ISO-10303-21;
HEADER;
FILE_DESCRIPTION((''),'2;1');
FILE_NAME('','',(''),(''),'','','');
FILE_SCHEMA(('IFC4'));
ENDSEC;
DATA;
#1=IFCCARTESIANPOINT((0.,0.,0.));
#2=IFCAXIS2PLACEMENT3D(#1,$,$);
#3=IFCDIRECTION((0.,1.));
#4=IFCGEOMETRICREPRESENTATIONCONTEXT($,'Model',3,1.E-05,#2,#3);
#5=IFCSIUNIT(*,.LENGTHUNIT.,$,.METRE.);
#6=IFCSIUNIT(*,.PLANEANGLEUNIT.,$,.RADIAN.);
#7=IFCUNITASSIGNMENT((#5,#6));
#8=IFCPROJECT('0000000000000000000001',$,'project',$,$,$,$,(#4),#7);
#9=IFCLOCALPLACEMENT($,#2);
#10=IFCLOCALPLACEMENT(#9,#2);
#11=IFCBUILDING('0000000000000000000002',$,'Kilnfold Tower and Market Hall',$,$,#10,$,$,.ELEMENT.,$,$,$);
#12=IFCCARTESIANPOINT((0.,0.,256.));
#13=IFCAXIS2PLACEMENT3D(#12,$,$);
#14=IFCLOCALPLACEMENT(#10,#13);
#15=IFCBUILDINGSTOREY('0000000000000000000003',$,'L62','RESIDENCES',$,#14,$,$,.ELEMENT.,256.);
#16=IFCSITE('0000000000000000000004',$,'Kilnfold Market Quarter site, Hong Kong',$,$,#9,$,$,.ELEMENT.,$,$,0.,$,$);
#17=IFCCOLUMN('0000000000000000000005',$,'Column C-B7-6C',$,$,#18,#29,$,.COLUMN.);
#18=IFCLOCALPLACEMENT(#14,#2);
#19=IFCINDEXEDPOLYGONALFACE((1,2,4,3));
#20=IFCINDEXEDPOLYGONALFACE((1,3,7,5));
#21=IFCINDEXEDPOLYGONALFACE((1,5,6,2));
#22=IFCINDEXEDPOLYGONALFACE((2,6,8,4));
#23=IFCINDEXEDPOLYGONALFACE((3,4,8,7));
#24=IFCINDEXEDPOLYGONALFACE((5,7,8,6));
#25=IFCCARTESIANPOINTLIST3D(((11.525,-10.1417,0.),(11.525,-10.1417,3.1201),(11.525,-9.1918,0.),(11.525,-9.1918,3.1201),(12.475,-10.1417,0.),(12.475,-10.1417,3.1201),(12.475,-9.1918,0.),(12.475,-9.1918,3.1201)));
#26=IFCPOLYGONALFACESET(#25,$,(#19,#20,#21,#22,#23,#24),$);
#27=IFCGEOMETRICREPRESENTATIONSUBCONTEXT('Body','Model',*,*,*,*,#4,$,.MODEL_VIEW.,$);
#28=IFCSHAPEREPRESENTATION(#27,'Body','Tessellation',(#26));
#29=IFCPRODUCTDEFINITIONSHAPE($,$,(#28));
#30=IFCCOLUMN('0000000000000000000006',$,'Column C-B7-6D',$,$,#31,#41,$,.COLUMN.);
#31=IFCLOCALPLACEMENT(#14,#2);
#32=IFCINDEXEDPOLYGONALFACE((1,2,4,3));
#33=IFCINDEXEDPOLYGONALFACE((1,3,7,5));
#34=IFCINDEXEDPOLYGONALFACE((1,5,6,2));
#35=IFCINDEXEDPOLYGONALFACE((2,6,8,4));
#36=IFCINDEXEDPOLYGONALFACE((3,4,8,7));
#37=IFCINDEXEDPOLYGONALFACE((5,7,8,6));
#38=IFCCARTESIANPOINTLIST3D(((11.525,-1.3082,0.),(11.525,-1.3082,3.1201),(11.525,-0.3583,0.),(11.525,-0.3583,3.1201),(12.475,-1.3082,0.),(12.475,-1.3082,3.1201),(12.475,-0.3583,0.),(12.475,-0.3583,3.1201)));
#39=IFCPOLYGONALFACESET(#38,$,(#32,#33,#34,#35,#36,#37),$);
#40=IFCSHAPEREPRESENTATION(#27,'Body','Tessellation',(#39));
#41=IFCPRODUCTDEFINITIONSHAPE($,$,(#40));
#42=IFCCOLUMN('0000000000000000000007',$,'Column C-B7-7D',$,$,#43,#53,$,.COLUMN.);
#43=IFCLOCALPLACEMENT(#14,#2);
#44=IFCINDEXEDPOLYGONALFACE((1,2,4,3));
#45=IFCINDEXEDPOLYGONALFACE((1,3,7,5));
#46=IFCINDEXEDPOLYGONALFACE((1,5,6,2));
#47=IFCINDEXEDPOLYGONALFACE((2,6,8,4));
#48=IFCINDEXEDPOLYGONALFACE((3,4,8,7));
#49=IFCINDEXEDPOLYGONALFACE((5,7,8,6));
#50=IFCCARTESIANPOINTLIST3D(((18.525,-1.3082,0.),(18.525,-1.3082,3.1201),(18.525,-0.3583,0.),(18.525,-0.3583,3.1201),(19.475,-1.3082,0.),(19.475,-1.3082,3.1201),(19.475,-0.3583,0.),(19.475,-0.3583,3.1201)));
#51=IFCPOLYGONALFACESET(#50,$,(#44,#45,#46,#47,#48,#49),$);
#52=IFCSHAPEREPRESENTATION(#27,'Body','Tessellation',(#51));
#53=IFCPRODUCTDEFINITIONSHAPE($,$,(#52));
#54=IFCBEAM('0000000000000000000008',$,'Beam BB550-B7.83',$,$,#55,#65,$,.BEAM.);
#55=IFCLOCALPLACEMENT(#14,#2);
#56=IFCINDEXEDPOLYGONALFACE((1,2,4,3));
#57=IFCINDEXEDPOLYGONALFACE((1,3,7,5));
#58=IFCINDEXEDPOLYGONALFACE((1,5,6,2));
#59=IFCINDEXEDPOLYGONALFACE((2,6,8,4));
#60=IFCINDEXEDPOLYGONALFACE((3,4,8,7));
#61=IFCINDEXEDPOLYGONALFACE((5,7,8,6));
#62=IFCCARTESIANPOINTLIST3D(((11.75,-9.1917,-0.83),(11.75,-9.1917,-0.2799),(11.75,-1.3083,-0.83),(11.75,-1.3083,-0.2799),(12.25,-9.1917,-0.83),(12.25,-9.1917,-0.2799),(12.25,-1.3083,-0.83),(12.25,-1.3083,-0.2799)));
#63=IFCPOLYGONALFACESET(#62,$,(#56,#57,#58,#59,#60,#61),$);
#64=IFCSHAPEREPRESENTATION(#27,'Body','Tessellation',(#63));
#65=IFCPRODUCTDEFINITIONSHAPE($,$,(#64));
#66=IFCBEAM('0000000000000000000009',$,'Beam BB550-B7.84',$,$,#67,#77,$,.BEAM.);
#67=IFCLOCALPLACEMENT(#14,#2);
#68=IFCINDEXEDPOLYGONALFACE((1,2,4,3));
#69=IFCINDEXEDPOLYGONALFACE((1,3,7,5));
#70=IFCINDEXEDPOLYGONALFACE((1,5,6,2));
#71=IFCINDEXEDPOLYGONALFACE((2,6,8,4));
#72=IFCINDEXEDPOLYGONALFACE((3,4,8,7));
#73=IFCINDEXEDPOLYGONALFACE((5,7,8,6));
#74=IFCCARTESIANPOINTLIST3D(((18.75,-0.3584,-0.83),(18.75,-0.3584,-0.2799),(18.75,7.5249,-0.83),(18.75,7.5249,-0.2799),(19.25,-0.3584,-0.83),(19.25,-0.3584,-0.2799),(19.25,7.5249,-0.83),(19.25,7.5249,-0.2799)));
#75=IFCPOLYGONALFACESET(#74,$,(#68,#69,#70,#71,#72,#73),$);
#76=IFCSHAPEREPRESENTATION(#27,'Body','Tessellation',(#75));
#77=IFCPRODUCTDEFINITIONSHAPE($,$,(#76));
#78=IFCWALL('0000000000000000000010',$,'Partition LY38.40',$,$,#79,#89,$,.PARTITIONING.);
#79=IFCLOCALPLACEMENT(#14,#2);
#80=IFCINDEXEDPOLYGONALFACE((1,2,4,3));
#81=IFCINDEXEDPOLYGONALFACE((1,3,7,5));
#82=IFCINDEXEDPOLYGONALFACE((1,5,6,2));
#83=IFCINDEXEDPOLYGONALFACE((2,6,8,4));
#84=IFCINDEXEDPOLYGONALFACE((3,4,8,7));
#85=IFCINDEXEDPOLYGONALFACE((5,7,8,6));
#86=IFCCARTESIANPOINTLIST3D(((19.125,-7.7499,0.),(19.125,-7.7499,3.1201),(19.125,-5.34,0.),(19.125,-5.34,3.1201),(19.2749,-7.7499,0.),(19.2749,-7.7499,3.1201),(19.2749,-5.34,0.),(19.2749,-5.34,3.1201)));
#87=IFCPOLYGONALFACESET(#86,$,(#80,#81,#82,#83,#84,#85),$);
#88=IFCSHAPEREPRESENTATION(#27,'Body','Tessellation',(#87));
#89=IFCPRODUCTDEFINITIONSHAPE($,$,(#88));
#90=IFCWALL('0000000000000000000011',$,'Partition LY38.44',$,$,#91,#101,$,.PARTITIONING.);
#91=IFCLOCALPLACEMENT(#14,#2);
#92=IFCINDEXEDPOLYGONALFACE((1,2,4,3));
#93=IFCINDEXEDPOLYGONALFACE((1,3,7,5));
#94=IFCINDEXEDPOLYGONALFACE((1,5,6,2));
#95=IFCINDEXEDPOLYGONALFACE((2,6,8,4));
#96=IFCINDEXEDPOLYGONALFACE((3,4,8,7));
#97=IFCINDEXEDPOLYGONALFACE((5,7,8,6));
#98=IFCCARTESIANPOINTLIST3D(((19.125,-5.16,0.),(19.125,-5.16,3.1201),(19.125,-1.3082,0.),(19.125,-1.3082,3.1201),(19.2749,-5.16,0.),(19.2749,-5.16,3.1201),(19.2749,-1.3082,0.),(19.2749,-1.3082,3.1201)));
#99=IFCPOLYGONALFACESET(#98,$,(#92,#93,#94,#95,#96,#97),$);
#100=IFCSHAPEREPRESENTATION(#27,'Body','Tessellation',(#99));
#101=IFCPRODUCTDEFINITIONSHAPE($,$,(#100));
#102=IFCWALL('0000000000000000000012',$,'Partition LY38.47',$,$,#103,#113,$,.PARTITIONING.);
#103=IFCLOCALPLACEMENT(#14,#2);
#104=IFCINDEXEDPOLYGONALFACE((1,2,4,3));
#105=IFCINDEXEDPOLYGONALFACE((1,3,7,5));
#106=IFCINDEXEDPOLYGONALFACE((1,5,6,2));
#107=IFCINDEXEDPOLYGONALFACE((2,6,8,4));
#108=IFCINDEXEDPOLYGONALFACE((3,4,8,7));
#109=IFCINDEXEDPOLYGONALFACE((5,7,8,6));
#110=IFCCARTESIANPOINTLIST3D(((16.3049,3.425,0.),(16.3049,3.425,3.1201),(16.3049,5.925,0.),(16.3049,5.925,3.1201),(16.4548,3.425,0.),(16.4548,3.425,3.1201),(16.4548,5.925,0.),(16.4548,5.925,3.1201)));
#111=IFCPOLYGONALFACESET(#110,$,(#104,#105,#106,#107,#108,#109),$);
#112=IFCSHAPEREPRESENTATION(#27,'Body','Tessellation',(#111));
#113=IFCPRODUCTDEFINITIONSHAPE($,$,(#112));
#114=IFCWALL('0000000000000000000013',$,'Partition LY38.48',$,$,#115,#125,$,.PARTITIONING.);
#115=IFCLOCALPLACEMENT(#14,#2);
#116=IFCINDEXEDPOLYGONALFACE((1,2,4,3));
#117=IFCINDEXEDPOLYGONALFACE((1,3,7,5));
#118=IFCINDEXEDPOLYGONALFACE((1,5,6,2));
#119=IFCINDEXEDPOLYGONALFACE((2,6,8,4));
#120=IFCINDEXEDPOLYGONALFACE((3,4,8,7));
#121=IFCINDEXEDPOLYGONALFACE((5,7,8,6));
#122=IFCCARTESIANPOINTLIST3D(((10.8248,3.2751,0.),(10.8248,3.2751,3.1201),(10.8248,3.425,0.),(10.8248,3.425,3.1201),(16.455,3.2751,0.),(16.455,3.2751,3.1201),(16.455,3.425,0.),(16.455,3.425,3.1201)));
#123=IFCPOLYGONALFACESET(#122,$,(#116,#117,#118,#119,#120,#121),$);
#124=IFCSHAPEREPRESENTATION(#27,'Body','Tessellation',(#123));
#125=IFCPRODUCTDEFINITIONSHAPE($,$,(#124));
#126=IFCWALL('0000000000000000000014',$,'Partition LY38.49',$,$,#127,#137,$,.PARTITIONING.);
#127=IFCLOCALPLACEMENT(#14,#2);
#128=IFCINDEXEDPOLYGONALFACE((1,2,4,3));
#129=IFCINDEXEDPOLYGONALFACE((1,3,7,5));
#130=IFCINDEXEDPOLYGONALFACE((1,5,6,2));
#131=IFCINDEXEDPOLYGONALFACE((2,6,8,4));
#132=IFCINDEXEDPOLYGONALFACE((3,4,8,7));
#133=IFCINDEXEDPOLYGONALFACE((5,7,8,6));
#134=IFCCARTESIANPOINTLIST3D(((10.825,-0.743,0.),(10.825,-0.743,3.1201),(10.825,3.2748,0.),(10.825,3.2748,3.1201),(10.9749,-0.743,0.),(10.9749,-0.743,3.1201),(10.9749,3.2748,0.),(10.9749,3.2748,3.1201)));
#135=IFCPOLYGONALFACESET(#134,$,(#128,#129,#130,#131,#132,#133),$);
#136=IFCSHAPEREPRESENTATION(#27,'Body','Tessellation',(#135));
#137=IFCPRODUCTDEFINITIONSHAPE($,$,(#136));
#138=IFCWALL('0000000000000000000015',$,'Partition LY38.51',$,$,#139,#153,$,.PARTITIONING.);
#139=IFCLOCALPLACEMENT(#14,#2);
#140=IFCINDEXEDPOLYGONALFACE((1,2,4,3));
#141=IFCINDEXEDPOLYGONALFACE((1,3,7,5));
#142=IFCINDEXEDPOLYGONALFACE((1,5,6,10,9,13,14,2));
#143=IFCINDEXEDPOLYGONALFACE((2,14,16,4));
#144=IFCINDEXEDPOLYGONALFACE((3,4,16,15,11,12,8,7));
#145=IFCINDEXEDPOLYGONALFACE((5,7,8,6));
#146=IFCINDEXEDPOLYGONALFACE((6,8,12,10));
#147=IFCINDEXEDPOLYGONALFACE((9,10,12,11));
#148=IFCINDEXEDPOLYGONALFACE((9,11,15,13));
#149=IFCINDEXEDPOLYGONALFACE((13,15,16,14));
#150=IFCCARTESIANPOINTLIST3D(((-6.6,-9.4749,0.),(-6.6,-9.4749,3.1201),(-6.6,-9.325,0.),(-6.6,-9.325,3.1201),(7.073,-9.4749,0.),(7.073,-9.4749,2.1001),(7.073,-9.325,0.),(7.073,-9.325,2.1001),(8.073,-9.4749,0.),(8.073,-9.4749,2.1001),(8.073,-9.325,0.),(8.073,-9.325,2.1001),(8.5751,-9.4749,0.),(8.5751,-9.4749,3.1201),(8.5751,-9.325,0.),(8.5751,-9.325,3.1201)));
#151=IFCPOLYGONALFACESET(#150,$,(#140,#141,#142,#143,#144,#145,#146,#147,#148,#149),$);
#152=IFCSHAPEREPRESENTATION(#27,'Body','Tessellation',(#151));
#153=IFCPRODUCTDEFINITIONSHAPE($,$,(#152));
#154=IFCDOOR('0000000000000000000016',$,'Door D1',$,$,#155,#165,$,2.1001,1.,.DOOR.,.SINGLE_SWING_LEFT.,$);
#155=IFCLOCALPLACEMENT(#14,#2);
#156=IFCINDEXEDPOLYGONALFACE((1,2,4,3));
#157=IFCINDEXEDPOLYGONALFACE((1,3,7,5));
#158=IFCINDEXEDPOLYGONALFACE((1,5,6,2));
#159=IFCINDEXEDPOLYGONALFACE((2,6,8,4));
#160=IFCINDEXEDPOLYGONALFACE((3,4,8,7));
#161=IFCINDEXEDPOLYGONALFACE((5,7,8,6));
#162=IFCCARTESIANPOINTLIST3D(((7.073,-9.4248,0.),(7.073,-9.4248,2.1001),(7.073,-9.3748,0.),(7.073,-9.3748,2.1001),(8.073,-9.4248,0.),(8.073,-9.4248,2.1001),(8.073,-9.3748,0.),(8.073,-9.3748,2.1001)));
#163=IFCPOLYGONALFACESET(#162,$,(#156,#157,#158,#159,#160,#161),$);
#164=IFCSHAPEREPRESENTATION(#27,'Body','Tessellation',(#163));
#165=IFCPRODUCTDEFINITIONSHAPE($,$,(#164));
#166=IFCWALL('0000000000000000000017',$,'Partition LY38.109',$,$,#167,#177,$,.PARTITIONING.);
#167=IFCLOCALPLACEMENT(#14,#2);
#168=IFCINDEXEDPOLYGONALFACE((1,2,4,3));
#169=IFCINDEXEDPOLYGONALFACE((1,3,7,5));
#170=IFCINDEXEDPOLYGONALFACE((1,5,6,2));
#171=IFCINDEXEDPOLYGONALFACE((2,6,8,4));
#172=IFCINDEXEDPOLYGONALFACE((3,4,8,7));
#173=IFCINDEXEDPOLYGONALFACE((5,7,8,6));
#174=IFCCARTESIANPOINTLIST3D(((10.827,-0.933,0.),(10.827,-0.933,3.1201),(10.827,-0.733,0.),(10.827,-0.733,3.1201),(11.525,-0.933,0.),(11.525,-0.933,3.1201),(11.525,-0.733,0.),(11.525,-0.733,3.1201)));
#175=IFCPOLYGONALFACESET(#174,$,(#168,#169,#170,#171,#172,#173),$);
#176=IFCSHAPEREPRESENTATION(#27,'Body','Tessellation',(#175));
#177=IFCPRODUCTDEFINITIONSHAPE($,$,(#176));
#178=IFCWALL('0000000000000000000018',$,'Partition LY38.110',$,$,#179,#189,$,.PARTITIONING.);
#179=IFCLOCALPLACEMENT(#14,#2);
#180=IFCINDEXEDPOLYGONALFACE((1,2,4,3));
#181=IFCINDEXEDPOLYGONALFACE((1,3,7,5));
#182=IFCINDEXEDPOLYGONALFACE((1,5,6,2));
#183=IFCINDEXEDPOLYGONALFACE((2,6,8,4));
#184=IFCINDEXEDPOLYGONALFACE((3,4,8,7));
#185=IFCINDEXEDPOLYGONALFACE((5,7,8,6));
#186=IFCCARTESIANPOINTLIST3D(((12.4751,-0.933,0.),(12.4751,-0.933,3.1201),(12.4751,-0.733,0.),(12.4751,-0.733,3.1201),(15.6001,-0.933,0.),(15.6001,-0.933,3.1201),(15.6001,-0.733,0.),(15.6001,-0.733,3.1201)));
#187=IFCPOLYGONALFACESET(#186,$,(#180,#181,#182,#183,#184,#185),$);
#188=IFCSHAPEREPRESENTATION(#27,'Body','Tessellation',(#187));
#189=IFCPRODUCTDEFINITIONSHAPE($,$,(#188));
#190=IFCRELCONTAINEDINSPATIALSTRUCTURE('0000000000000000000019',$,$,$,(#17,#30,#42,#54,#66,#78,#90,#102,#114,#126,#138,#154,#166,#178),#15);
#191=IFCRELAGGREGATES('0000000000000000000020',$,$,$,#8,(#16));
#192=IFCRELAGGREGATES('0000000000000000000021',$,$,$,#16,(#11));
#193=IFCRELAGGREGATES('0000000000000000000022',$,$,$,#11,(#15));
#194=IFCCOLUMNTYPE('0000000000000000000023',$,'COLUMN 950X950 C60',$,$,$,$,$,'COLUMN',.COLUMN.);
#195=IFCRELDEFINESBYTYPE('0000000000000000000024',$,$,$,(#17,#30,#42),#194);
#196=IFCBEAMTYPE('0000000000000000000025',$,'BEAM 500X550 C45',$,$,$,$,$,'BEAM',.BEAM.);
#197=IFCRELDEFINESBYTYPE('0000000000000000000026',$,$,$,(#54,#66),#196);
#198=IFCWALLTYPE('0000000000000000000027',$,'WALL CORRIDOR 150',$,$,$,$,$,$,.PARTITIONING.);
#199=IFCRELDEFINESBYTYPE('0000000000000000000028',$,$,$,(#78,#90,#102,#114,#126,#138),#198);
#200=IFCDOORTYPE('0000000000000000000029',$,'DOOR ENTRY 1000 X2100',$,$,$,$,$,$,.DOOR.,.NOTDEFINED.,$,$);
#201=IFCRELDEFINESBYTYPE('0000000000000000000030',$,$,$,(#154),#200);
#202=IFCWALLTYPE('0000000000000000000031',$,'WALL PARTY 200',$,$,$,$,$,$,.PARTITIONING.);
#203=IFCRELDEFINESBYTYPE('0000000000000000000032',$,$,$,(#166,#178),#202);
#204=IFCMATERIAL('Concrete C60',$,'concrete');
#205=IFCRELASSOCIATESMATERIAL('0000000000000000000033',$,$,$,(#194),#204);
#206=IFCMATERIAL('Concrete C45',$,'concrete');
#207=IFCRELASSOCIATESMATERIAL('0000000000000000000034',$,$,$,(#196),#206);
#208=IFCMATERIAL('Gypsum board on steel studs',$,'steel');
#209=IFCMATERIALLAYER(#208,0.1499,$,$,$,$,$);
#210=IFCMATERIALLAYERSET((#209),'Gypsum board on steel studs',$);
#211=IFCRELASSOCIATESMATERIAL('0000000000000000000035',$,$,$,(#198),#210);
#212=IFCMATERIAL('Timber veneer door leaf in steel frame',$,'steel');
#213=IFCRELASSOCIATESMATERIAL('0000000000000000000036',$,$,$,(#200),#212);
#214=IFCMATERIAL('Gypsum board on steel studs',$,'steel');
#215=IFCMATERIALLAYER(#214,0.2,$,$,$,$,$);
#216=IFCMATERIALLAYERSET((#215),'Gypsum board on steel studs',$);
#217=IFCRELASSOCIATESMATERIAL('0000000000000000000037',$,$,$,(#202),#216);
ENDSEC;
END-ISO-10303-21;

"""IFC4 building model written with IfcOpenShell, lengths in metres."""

from ifc_helpers import new_model, si_unit, direction, frame, frame_2d, origin, origin_2d, place, context, subcontext, project, spatial, rectangle, extrude, source, transform, mapped, material, layer, layer_set, material_profile, profile_set, type_object, element, fill, save


model = new_model("IFC4")

# Units and contexts
model_context = context("Model", 3, precision=1e-05, world=origin(), true_north=direction((0.0, 1.0)))
body_context = subcontext(model_context, "Body", "Model", "MODEL_VIEW")
ifc_project = project(units=[si_unit("LENGTHUNIT", "METRE"), si_unit("PLANEANGLEUNIT", "RADIAN")], contexts=[model_context])

# Site, building, storey
site_placement = place(None, origin())
site = spatial("IfcSite", under=ifc_project, at=site_placement, Name="Kilnfold Market Quarter site, Hong Kong", CompositionType="ELEMENT", RefElevation=0.0)
building_placement = place(site_placement, origin())
building = spatial("IfcBuilding", under=site, at=building_placement, Name="Kilnfold Tower and Market Hall", CompositionType="ELEMENT")
storey_placement = place(building_placement, frame((0.0, 0.0, 256.0)))
storey = spatial("IfcBuildingStorey", under=building, at=storey_placement, Name="L62", Description="RESIDENCES", CompositionType="ELEMENT", Elevation=256.0)

# Columns
ifc_material_1 = material(Name="Concrete C60", Category="concrete")
ifc_material_profile_1 = material_profile(ifc_material_1, rectangle(XDim=0.95, YDim=0.95, at=origin_2d()), Name="RC 950x950")
ifc_profile_set_1 = profile_set([ifc_material_profile_1], Name="Concrete C60")
column_type = type_object("IfcColumnType", Name="COLUMN 950X950 C60", ElementType="COLUMN", PredefinedType="COLUMN", material=ifc_profile_set_1)
shared_shape_1 = source(origin(), body_context, "Body", "SweptSolid", [
    extrude(rectangle(XDim=0.95, YDim=0.95, at=origin_2d()), origin(), (0.0, 0.0, 1.0), 3.1201),
])
for number, where, z_axis, x_axis, name in (
    (1, (12.0, -9.6667, 0.0), (0.0, 0.0, 1.0), (1.0, 0.0, 0.0), "Column C-B7-6C"),
    (2, (12.0, -0.8333, 0.0), (0.0, 0.0, 1.0), (1.0, 0.0, 0.0), "Column C-B7-6D"),
    (3, (19.0, -0.8333, 0.0), (0.0, 0.0, 1.0), (1.0, 0.0, 0.0), "Column C-B7-7D"),
):
    element("IfcColumn", number, at=place(storey_placement, frame(where, z_axis=z_axis, x_axis=x_axis)), inside=storey, type_object=column_type, Name=name, PredefinedType="COLUMN", context=body_context, shape_type="MappedRepresentation", body=[
        mapped(shared_shape_1, transform((0.0, 0.0, 0.0))),
    ])

# Beams
ifc_material_2 = material(Name="Concrete C45", Category="concrete")
ifc_material_profile_2 = material_profile(ifc_material_2, rectangle(XDim=0.5, YDim=0.55, at=origin_2d()), Name="RC 500x550")
ifc_profile_set_2 = profile_set([ifc_material_profile_2], Name="Concrete C45")
beam_type = type_object("IfcBeamType", Name="BEAM 500X550 C45", ElementType="BEAM", PredefinedType="BEAM", material=ifc_profile_set_2)
shared_shape_2 = source(origin(), body_context, "Body", "SweptSolid", [
    extrude(rectangle(XDim=0.5, YDim=0.55, at=origin_2d()), origin(), (0.0, 0.0, 1.0), 7.8833),
])
for number, where, z_axis, x_axis, name in (
    (4, (12.0, -9.1917, -0.5549), (0.0, 1.0, 0.0), (-1.0, 0.0, 0.0), "Beam BB550-B7.83"),
    (5, (19.0, -0.3584, -0.5549), (0.0, 1.0, 0.0), (-1.0, 0.0, 0.0), "Beam BB550-B7.84"),
):
    element("IfcBeam", number, at=place(storey_placement, frame(where, z_axis=z_axis, x_axis=x_axis)), inside=storey, type_object=beam_type, Name=name, PredefinedType="BEAM", context=body_context, shape_type="MappedRepresentation", body=[
        mapped(shared_shape_2, transform((0.0, 0.0, 0.0))),
    ])

# Walls
ifc_material_3 = material(Name="Gypsum board on steel studs", Category="steel")
ifc_layer_1 = layer(ifc_material_3, 0.1499)
ifc_layer_set_1 = layer_set([ifc_layer_1], Name="Gypsum board on steel studs")
wall_type_1 = type_object("IfcWallType", Name="WALL CORRIDOR 150", PredefinedType="PARTITIONING", material=ifc_layer_set_1)
wall_1_placement = place(storey_placement, frame((19.2, -7.75, 0.0), z_axis=(0.0, 0.0, 1.0), x_axis=(0.0, 1.0, 0.0)))
element("IfcWall", 6, at=wall_1_placement, inside=storey, type_object=wall_type_1, Name="Partition LY38.40", PredefinedType="PARTITIONING", context=body_context, shape_type="SweptSolid", body=[
    extrude(rectangle(XDim=2.4099, YDim=0.1499, at=frame_2d((1.2051, 0.0))), origin(), (0.0, 0.0, 1.0), 3.1201),
])
wall_2_placement = place(storey_placement, frame((19.2, -5.1599, 0.0), z_axis=(0.0, 0.0, 1.0), x_axis=(0.0, 1.0, 0.0)))
element("IfcWall", 7, at=wall_2_placement, inside=storey, type_object=wall_type_1, Name="Partition LY38.44", PredefinedType="PARTITIONING", context=body_context, shape_type="SweptSolid", body=[
    extrude(rectangle(XDim=3.8518, YDim=0.1499, at=frame_2d((1.9258, 0.0))), origin(), (0.0, 0.0, 1.0), 3.1201),
])
wall_3_placement = place(storey_placement, frame((16.3799, 3.425, 0.0), z_axis=(0.0, 0.0, 1.0), x_axis=(0.0, 1.0, 0.0)))
element("IfcWall", 8, at=wall_3_placement, inside=storey, type_object=wall_type_1, Name="Partition LY38.47", PredefinedType="PARTITIONING", context=body_context, shape_type="SweptSolid", body=[
    extrude(rectangle(XDim=2.5, YDim=0.1499, at=frame_2d((1.25, 0.0))), origin(), (0.0, 0.0, 1.0), 3.1201),
])
wall_4_placement = place(storey_placement, frame((10.825, 3.3501, 0.0), z_axis=(0.0, 0.0, 1.0), x_axis=(1.0, 0.0, 0.0)))
element("IfcWall", 9, at=wall_4_placement, inside=storey, type_object=wall_type_1, Name="Partition LY38.48", PredefinedType="PARTITIONING", context=body_context, shape_type="SweptSolid", body=[
    extrude(rectangle(XDim=5.6301, YDim=0.1499, at=frame_2d((2.8149, 0.0))), origin(), (0.0, 0.0, 1.0), 3.1201),
])
wall_5_placement = place(storey_placement, frame((10.8999, -0.7429, 0.0), z_axis=(0.0, 0.0, 1.0), x_axis=(0.0, 1.0, 0.0)))
element("IfcWall", 10, at=wall_5_placement, inside=storey, type_object=wall_type_1, Name="Partition LY38.49", PredefinedType="PARTITIONING", context=body_context, shape_type="SweptSolid", body=[
    extrude(rectangle(XDim=4.0178, YDim=0.1499, at=frame_2d((2.0088, 0.0))), origin(), (0.0, 0.0, 1.0), 3.1201),
])

# Wall, opening, door
wall_6_placement = place(storey_placement, frame((8.575, -9.3999, 0.0), z_axis=(0.0, 0.0, 1.0), x_axis=(-1.0, 0.0, 0.0)))
wall_6 = element("IfcWall", 11, at=wall_6_placement, inside=storey, type_object=wall_type_1, Name="Partition LY38.51", PredefinedType="PARTITIONING", context=body_context, shape_type="SweptSolid", body=[
    extrude(rectangle(XDim=15.175, YDim=0.1499, at=frame_2d((7.5874, 0.0))), origin(), (0.0, 0.0, 1.0), 3.1201),
])
opening_1_placement = place(wall_6_placement, frame((0.502, 0.0, 0.0)))
opening_1 = element("IfcOpeningElement", 12, at=opening_1_placement, cuts=wall_6, PredefinedType="OPENING", context=body_context, shape_type="SweptSolid", body=[
    extrude(rectangle(XDim=1.0, YDim=2.1001, at=frame_2d((0.5, 1.05))), frame((0.0, 0.085, 0.0), z_axis=(0.0, -1.0, 0.0), x_axis=(1.0, 0.0, 0.0)), (0.0, 0.0, 1.0), 0.1699),
])
ifc_material_4 = material(Name="Timber veneer door leaf in steel frame", Category="steel")
door_type_1 = type_object("IfcDoorType", Name="DOOR ENTRY 1000 X2100", OperationType="NOTDEFINED", PredefinedType="DOOR", material=ifc_material_4)
door_1_placement = place(opening_1_placement, origin())
door_1 = element("IfcDoor", 13, at=door_1_placement, inside=storey, type_object=door_type_1, Name="Door D1", OperationType="SINGLE_SWING_LEFT", OverallHeight=2.1001, OverallWidth=1.0, PredefinedType="DOOR", context=body_context, shape_type="SweptSolid", body=[
    extrude(rectangle(XDim=1.0, YDim=2.1001, at=frame_2d((0.5, 1.05))), frame((0.0, 0.0249, 0.0), z_axis=(0.0, -1.0, 0.0), x_axis=(1.0, 0.0, 0.0)), (0.0, 0.0, 1.0), 0.05),
])
fill(opening_1, door_1)

# Walls
ifc_material_5 = material(Name="Gypsum board on steel studs", Category="steel")
ifc_layer_2 = layer(ifc_material_5, 0.2)
ifc_layer_set_2 = layer_set([ifc_layer_2], Name="Gypsum board on steel studs")
wall_type_2 = type_object("IfcWallType", Name="WALL PARTY 200", PredefinedType="PARTITIONING", material=ifc_layer_set_2)
wall_7_placement = place(storey_placement, frame((10.8269, -0.833, 0.0), z_axis=(0.0, 0.0, 1.0), x_axis=(1.0, 0.0, 0.0)))
element("IfcWall", 14, at=wall_7_placement, inside=storey, type_object=wall_type_2, Name="Partition LY38.109", PredefinedType="PARTITIONING", context=body_context, shape_type="SweptSolid", body=[
    extrude(rectangle(XDim=0.698, YDim=0.2, at=frame_2d((0.3491, 0.0))), origin(), (0.0, 0.0, 1.0), 3.1201),
])
wall_8_placement = place(storey_placement, frame((12.4751, -0.833, 0.0), z_axis=(0.0, 0.0, 1.0), x_axis=(1.0, 0.0, 0.0)))
element("IfcWall", 15, at=wall_8_placement, inside=storey, type_object=wall_type_2, Name="Partition LY38.110", PredefinedType="PARTITIONING", context=body_context, shape_type="SweptSolid", body=[
    extrude(rectangle(XDim=3.125, YDim=0.2, at=frame_2d((1.5625, 0.0))), origin(), (0.0, 0.0, 1.0), 3.1201),
])

save(model, "model.ifc")
